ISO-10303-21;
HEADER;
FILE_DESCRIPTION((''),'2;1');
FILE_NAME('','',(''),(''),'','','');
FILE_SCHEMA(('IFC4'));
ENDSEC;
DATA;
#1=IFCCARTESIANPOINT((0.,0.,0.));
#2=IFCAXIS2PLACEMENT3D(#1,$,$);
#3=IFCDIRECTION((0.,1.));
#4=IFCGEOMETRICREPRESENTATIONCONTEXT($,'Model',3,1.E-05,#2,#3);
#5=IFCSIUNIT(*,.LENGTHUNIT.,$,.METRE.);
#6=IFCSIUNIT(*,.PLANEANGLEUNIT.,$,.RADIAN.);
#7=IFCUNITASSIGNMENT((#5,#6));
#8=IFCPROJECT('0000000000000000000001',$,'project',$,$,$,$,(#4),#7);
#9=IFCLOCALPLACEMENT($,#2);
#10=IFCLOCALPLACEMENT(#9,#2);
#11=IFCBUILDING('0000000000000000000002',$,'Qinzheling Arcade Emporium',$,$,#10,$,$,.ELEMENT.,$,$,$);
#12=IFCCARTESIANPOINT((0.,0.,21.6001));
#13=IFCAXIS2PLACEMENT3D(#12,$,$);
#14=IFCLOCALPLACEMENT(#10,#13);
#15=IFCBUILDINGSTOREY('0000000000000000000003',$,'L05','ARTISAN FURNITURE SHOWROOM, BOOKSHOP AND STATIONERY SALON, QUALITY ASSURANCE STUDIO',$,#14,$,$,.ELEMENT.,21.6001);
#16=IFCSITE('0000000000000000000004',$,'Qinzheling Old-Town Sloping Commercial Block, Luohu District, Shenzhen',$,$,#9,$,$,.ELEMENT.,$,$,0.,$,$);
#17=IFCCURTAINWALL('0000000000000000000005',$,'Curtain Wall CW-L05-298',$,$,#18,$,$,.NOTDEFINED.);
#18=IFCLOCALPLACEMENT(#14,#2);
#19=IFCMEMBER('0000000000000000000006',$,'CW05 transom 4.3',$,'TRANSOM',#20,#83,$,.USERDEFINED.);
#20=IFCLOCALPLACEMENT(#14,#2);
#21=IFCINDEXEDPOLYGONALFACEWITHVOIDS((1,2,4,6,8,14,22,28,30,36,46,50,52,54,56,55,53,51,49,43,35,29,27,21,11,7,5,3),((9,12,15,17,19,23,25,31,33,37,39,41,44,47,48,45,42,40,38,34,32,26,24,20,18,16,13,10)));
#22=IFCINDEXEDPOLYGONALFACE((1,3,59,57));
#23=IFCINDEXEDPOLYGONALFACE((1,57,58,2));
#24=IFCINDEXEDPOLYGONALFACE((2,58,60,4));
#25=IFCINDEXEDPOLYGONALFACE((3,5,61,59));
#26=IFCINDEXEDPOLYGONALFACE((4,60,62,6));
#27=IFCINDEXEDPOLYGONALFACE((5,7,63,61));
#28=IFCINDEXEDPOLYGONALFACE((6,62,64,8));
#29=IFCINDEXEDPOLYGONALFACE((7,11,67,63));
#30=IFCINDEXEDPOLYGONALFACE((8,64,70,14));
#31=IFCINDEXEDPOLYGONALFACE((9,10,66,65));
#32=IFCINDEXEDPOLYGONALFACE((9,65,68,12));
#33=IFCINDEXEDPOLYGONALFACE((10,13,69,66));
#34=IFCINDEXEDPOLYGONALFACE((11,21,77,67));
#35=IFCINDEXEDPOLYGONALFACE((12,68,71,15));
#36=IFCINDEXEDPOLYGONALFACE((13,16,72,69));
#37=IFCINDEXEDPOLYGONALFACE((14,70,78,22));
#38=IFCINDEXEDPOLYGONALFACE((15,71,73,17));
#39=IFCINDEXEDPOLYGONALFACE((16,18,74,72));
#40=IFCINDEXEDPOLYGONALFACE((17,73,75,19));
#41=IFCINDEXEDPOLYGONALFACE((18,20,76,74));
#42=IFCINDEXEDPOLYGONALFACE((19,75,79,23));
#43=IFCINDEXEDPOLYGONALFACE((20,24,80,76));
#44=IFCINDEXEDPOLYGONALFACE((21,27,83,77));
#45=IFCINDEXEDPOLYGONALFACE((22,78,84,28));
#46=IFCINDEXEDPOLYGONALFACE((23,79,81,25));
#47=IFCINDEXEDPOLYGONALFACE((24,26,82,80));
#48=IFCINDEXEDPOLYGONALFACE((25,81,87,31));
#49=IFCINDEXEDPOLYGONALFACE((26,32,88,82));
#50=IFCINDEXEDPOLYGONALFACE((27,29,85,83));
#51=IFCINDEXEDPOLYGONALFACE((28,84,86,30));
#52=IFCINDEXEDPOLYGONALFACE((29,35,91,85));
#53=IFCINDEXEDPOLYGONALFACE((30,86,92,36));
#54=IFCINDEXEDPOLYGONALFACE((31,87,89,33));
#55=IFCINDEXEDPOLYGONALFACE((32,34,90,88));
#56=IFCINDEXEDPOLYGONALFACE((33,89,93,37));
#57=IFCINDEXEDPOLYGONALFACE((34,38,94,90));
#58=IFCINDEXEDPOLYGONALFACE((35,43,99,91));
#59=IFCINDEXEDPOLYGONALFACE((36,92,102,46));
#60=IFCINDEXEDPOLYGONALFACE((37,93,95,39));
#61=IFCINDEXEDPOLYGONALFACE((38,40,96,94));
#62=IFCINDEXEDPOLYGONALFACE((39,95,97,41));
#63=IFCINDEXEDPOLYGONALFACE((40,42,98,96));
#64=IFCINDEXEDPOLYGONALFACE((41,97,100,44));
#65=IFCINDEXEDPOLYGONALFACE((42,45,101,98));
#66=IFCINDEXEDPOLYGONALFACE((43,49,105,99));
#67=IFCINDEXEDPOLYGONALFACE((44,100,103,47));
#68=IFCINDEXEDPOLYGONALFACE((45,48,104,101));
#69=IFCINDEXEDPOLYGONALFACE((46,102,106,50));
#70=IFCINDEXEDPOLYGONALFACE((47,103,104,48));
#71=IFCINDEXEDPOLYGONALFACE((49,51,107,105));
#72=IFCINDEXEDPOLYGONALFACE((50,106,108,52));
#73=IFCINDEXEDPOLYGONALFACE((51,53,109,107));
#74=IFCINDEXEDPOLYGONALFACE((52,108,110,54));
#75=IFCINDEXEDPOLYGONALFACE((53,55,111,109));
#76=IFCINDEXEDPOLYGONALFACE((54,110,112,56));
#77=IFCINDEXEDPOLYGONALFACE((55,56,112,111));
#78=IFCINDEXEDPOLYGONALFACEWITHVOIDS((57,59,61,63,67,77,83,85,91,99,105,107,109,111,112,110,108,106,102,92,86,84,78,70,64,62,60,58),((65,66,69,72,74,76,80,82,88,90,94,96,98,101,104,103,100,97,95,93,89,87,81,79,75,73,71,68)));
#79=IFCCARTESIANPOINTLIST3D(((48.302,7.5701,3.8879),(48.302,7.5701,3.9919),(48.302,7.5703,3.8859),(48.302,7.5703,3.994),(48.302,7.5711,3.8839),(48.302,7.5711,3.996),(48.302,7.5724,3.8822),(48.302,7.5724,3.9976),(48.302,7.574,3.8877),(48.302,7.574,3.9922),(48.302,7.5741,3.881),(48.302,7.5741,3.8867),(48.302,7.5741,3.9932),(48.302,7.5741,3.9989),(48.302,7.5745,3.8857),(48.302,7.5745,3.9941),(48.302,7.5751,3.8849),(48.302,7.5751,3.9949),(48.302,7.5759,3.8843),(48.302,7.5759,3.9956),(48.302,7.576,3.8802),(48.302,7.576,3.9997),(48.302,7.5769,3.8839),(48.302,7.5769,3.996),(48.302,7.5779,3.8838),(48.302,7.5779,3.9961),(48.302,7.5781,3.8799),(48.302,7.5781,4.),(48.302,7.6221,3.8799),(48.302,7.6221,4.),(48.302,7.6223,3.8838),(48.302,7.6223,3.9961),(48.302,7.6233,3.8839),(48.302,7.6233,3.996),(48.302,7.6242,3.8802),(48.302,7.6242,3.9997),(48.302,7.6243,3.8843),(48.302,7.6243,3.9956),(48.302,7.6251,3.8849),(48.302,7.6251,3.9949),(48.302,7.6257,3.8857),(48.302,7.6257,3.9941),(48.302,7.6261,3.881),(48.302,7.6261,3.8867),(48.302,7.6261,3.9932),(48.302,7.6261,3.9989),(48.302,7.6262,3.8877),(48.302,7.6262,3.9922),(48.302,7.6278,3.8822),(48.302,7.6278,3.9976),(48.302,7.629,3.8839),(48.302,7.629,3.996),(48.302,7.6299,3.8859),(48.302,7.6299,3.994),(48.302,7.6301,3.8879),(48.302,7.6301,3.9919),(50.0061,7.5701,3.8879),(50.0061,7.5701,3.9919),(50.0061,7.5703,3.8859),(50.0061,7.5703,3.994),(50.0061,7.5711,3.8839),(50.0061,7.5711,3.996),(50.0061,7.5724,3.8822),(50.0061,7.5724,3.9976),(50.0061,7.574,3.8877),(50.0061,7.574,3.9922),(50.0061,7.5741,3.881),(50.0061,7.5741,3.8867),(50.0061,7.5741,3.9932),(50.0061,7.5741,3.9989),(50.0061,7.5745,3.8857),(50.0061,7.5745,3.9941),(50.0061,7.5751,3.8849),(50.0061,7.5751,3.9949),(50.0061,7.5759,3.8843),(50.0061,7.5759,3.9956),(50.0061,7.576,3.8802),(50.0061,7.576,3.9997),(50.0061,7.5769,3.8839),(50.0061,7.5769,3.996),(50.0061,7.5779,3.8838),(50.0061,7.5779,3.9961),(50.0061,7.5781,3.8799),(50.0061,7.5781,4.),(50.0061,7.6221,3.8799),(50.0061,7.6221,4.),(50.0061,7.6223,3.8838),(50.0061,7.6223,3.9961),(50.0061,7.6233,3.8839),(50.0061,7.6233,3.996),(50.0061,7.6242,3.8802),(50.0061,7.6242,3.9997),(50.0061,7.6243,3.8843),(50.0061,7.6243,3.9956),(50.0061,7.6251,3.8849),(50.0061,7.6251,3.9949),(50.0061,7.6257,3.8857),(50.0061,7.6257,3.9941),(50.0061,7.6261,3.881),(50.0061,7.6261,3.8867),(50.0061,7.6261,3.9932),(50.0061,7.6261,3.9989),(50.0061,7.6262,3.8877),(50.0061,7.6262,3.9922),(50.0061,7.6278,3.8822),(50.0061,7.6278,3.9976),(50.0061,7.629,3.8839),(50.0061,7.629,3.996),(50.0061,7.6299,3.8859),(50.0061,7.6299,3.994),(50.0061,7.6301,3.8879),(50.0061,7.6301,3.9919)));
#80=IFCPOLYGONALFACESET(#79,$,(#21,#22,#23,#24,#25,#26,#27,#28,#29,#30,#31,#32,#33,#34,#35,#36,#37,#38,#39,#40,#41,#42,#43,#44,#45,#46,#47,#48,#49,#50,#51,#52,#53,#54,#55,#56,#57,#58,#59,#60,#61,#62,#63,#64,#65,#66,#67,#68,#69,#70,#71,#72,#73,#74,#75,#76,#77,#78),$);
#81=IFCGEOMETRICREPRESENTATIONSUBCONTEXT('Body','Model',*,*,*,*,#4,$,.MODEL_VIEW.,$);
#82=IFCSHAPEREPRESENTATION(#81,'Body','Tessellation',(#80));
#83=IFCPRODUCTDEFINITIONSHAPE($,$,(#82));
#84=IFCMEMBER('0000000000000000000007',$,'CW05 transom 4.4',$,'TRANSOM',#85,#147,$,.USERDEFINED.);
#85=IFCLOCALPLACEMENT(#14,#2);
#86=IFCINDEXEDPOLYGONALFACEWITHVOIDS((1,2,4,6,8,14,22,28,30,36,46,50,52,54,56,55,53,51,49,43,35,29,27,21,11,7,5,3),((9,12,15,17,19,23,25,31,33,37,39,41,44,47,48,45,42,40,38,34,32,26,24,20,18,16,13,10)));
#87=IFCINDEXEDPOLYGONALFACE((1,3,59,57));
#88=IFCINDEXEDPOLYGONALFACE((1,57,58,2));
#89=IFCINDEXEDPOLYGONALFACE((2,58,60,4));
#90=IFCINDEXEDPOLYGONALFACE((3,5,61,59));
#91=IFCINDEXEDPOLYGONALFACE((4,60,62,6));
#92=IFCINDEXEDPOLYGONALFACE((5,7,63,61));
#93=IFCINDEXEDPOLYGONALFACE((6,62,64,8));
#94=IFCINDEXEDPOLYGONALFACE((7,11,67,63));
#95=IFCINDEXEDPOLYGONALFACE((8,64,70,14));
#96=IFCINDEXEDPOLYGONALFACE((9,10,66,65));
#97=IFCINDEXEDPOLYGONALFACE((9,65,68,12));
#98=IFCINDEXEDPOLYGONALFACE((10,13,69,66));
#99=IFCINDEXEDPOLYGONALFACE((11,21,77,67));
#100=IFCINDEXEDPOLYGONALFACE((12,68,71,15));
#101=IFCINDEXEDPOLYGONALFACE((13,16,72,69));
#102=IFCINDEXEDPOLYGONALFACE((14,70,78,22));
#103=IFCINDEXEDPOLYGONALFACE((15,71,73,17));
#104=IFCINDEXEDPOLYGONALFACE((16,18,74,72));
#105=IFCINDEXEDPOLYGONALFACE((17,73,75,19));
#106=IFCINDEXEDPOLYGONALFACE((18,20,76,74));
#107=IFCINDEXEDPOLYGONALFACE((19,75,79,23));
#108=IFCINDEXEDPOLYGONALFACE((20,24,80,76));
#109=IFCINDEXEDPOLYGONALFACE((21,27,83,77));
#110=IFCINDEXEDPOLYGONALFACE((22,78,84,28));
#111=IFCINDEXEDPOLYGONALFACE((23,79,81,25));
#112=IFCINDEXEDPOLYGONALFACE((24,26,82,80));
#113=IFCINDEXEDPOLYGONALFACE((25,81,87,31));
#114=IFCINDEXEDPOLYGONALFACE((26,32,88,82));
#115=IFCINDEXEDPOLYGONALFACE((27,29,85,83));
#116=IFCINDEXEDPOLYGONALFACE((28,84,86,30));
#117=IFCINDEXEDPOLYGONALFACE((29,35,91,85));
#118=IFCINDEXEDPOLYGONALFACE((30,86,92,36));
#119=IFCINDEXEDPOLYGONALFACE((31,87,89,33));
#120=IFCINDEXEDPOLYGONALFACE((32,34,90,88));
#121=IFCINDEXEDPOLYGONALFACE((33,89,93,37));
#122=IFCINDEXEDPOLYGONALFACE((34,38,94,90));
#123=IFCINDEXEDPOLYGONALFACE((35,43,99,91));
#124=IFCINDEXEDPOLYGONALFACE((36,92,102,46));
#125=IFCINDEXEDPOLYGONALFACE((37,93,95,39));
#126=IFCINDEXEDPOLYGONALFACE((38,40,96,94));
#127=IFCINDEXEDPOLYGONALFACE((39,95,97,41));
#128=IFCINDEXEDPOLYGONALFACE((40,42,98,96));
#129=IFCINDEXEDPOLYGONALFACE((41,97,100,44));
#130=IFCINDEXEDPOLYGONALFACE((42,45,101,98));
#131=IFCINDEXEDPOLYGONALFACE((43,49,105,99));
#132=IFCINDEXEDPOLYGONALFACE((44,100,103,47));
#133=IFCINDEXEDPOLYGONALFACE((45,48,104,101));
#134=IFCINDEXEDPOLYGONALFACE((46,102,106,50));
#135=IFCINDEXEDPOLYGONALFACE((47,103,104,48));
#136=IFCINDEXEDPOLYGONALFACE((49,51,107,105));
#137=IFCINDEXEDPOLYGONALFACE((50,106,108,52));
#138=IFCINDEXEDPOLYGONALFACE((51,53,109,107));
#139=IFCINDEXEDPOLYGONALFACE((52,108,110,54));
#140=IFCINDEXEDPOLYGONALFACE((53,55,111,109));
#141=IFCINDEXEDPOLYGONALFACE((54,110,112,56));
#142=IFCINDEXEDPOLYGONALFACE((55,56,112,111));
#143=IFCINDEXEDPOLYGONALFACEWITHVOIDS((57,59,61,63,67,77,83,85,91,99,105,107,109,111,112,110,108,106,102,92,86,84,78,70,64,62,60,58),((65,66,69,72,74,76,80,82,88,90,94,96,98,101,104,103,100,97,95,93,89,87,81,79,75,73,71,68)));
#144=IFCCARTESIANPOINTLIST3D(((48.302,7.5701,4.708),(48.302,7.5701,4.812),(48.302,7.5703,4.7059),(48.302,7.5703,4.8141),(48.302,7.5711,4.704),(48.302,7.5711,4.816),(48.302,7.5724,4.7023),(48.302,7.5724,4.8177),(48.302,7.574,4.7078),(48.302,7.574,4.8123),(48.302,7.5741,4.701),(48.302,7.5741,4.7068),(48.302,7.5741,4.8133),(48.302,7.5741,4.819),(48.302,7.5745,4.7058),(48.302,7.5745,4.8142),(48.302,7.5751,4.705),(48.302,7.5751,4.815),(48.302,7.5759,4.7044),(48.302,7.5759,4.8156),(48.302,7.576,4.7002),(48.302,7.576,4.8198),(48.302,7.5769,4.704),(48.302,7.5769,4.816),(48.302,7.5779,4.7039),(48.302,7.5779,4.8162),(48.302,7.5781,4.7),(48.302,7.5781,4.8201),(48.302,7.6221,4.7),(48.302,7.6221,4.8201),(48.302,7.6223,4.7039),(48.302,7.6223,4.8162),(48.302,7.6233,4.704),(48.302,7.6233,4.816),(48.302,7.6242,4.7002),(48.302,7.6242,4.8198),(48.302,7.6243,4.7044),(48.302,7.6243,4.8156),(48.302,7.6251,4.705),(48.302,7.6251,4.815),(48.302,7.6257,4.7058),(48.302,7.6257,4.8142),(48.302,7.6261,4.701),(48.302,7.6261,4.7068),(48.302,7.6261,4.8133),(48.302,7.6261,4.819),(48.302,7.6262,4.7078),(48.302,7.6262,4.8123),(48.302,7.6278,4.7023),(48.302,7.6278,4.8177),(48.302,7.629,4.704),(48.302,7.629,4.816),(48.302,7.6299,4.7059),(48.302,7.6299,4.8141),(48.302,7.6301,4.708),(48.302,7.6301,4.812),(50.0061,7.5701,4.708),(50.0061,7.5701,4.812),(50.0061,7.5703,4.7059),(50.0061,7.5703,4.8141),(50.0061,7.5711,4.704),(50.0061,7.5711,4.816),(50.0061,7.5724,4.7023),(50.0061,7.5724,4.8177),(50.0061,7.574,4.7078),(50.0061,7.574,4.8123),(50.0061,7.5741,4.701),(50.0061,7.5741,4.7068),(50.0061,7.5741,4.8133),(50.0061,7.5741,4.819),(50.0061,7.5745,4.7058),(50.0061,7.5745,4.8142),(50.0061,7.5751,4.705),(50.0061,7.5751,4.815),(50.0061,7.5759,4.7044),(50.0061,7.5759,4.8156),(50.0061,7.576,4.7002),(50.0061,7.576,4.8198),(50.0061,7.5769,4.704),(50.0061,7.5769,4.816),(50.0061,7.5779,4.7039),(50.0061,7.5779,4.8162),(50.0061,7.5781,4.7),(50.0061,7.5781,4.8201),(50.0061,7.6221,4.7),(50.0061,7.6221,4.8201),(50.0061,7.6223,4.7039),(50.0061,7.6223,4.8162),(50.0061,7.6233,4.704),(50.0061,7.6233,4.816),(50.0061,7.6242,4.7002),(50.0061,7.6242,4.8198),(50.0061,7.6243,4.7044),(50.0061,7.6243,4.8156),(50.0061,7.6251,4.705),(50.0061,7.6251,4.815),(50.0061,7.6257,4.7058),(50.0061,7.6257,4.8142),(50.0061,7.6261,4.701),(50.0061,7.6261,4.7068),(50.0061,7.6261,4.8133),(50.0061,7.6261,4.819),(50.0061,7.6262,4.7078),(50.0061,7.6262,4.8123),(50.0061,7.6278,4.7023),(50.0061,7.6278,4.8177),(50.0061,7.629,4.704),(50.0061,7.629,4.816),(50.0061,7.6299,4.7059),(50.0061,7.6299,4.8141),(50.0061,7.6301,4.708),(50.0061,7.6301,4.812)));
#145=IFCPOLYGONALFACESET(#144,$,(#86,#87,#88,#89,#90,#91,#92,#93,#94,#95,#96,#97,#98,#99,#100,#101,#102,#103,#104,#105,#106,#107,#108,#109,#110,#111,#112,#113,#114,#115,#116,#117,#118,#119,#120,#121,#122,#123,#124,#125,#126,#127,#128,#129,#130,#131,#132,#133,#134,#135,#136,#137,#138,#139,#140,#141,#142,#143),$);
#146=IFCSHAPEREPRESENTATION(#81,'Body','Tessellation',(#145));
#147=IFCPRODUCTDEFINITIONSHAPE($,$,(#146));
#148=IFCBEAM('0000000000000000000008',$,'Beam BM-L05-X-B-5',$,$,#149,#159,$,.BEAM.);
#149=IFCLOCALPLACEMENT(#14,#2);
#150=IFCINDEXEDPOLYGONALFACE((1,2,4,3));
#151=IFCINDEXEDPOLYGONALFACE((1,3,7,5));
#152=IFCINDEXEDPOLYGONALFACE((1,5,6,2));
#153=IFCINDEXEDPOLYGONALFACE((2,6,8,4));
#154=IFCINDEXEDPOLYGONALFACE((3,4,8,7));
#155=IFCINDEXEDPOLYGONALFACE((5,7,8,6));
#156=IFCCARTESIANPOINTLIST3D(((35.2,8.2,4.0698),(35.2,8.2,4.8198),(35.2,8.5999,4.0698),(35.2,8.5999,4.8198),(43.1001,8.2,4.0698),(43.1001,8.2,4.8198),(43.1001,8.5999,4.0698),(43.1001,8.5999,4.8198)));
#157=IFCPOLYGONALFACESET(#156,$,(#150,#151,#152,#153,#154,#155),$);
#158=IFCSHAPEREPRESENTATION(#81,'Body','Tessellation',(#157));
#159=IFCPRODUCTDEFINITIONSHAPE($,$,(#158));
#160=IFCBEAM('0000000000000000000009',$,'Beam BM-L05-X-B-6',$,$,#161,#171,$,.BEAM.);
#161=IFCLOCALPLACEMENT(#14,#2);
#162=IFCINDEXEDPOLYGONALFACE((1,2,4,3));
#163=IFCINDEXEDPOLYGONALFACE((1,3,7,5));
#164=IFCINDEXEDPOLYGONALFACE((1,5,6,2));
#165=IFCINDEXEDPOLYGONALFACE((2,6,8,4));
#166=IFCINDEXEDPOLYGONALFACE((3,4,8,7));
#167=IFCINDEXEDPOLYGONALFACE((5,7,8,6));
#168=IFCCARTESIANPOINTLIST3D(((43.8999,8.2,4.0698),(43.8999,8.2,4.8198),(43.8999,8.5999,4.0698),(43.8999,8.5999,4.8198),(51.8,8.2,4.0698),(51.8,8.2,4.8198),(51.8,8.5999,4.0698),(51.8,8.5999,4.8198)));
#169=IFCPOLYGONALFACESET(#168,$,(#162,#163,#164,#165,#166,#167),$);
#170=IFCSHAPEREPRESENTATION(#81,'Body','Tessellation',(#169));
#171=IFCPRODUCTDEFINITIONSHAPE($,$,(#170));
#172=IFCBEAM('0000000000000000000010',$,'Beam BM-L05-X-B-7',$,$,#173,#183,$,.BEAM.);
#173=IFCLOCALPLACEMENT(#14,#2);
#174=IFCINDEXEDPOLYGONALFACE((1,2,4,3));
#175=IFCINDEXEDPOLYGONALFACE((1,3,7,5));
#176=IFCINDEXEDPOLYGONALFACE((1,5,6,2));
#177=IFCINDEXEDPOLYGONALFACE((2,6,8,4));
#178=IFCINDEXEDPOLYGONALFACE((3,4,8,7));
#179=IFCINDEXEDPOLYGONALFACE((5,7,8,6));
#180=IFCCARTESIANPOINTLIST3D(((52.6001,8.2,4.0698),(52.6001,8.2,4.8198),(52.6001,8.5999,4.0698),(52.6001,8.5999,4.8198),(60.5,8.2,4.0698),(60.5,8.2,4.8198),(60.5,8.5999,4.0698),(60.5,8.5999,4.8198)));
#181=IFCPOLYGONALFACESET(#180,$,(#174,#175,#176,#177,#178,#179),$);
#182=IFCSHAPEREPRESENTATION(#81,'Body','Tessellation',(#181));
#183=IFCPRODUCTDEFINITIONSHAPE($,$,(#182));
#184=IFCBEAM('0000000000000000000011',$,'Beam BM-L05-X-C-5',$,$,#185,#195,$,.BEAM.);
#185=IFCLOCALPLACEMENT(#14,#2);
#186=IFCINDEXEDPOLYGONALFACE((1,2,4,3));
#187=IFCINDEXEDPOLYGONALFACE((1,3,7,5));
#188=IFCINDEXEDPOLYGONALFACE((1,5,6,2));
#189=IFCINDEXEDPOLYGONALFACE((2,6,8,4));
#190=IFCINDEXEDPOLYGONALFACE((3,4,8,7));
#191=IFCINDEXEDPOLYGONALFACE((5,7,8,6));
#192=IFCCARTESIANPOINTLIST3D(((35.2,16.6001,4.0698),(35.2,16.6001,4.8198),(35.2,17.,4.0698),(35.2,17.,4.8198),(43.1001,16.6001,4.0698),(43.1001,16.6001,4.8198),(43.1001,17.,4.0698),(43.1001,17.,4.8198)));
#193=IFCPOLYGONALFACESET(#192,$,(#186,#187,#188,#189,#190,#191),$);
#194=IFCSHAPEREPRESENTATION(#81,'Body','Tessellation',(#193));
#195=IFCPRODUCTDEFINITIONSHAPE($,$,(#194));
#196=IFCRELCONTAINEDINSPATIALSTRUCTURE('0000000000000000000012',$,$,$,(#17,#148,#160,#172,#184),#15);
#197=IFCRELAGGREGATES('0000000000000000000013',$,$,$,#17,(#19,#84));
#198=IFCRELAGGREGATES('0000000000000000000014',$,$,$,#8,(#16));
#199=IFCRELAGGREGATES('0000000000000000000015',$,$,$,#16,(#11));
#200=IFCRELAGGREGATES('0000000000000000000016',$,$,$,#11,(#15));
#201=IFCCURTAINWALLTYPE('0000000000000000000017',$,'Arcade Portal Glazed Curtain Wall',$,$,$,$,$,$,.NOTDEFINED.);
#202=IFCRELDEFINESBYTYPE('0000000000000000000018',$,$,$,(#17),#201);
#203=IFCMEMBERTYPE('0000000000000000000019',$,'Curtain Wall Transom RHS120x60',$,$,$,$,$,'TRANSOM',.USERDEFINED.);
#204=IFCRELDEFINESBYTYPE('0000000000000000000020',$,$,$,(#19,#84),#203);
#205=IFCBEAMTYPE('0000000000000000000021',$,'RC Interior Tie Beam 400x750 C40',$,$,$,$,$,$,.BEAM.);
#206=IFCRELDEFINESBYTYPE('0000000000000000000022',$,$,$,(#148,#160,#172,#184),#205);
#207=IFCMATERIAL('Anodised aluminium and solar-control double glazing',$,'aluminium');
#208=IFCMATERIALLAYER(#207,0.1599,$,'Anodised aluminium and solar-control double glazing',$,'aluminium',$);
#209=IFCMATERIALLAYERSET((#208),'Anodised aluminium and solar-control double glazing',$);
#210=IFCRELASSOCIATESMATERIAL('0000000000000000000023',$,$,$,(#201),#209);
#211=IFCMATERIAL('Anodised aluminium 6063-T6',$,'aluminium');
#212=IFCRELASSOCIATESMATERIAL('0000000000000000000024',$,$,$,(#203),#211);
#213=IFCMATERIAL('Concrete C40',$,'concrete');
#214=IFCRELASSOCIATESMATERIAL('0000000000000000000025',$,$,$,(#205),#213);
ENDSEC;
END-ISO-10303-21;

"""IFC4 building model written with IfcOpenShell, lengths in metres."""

from ifc_helpers import new_model, si_unit, direction, frame, origin, origin_2d, place, context, subcontext, project, spatial, rectangle, hollow_rectangle, extrude, material, layer, layer_set, material_profile, profile_set, type_object, element, aggregate, save


model = new_model("IFC4")

# Units and contexts
model_context = context("Model", 3, precision=1e-05, world=origin(), true_north=direction((0.0, 1.0)))
body_context = subcontext(model_context, "Body", "Model", "MODEL_VIEW")
ifc_project = project(units=[si_unit("LENGTHUNIT", "METRE"), si_unit("PLANEANGLEUNIT", "RADIAN")], contexts=[model_context])

# Site, building, storey
site_placement = place(None, origin())
site = spatial("IfcSite", under=ifc_project, at=site_placement, Name="Qinzheling Old-Town Sloping Commercial Block, Luohu District, Shenzhen", CompositionType="ELEMENT", RefElevation=0.0)
building_placement = place(site_placement, origin())
building = spatial("IfcBuilding", under=site, at=building_placement, Name="Qinzheling Arcade Emporium", CompositionType="ELEMENT")
storey_placement = place(building_placement, frame((0.0, 0.0, 21.6001)))
storey = spatial("IfcBuildingStorey", under=building, at=storey_placement, Name="L05", Description="ARTISAN FURNITURE SHOWROOM, BOOKSHOP AND STATIONERY SALON, QUALITY ASSURANCE STUDIO", CompositionType="ELEMENT", Elevation=21.6001)

# Shared definitions
ifc_material_1 = material(Name="Concrete C40", Category="concrete")

# Curtain wall, members
ifc_material_2 = material(Name="Anodised aluminium and solar-control double glazing", Category="aluminium")
ifc_layer_1 = layer(ifc_material_2, 0.1599, Name="Anodised aluminium and solar-control double glazing", Category="aluminium")
ifc_layer_set_1 = layer_set([ifc_layer_1], Name="Anodised aluminium and solar-control double glazing")
curtain_wall_type = type_object("IfcCurtainWallType", Name="Arcade Portal Glazed Curtain Wall", PredefinedType="NOTDEFINED", material=ifc_layer_set_1)
curtain_wall_placement = place(storey_placement, origin())
curtain_wall = element("IfcCurtainWall", 1, at=curtain_wall_placement, inside=storey, type_object=curtain_wall_type, Name="Curtain Wall CW-L05-298", PredefinedType="NOTDEFINED")
ifc_material_3 = material(Name="Anodised aluminium 6063-T6", Category="aluminium")
ifc_material_profile_1 = material_profile(ifc_material_3, hollow_rectangle(XDim=0.0601, YDim=0.1201, WallThickness=0.0039, InnerFilletRadius=0.0039, OuterFilletRadius=0.0081, at=origin_2d()), Name="RHS 120x60x4", Category="aluminium")
ifc_profile_set_1 = profile_set([ifc_material_profile_1], Name="Anodised aluminium 6063-T6")
member_type_1 = type_object("IfcMemberType", Name="Curtain Wall Transom RHS120x60", ElementType="TRANSOM", PredefinedType="USERDEFINED", material=ifc_profile_set_1)
member_1_placement = place(storey_placement, frame((50.0061, 7.6001, 3.9399), z_axis=(-1.0, 0.0, 0.0), x_axis=(0.0, -1.0, 0.0)))
member_1 = element("IfcMember", 2, at=member_1_placement, type_object=member_type_1, Name="CW05 transom 4.3", ObjectType="TRANSOM", PredefinedType="USERDEFINED", context=body_context, shape_type="SweptSolid", body=[
    extrude(hollow_rectangle(XDim=0.0601, YDim=0.1201, WallThickness=0.0039, InnerFilletRadius=0.0039, OuterFilletRadius=0.0081, at=origin_2d()), origin(), (0.0, 0.0, 1.0), 1.7041),
])
member_2_placement = place(storey_placement, frame((50.0061, 7.6001, 4.76), z_axis=(-1.0, 0.0, 0.0), x_axis=(0.0, -1.0, 0.0)))
member_2 = element("IfcMember", 3, at=member_2_placement, type_object=member_type_1, Name="CW05 transom 4.4", ObjectType="TRANSOM", PredefinedType="USERDEFINED", context=body_context, shape_type="SweptSolid", body=[
    extrude(hollow_rectangle(XDim=0.0601, YDim=0.1201, WallThickness=0.0039, InnerFilletRadius=0.0039, OuterFilletRadius=0.0081, at=origin_2d()), origin(), (0.0, 0.0, 1.0), 1.7041),
])

# Beams
ifc_material_profile_2 = material_profile(ifc_material_1, rectangle(XDim=0.3999, YDim=0.75, at=origin_2d()), Name="RC 400x750", Category="concrete")
ifc_profile_set_2 = profile_set([ifc_material_profile_2], Name="Concrete C40")
beam_type = type_object("IfcBeamType", Name="RC Interior Tie Beam 400x750 C40", PredefinedType="BEAM", material=ifc_profile_set_2)
for number, where, z_axis, x_axis, name in (
    (4, (35.2, 8.3999, 4.4448), (1.0, 0.0, 0.0), (0.0, 1.0, 0.0), "Beam BM-L05-X-B-5"),
    (5, (43.8999, 8.3999, 4.4448), (1.0, 0.0, 0.0), (0.0, 1.0, 0.0), "Beam BM-L05-X-B-6"),
):
    element("IfcBeam", number, at=place(storey_placement, frame(where, z_axis=z_axis, x_axis=x_axis)), inside=storey, type_object=beam_type, Name=name, PredefinedType="BEAM", context=body_context, shape_type="SweptSolid", body=[
        extrude(rectangle(XDim=0.3999, YDim=0.75, at=origin_2d()), origin(), (0.0, 0.0, 1.0), 7.9001),
    ])
beam_1_placement = place(storey_placement, frame((52.6001, 8.3999, 4.4448), z_axis=(1.0, 0.0, 0.0), x_axis=(0.0, 1.0, 0.0)))
element("IfcBeam", 6, at=beam_1_placement, inside=storey, type_object=beam_type, Name="Beam BM-L05-X-B-7", PredefinedType="BEAM", context=body_context, shape_type="SweptSolid", body=[
    extrude(rectangle(XDim=0.3999, YDim=0.75, at=origin_2d()), origin(), (0.0, 0.0, 1.0), 7.8999),
])
for number, where, z_axis, x_axis, name in (
    (7, (35.2, 16.8, 4.4448), (1.0, 0.0, 0.0), (0.0, 1.0, 0.0), "Beam BM-L05-X-C-5"),
):
    element("IfcBeam", number, at=place(storey_placement, frame(where, z_axis=z_axis, x_axis=x_axis)), inside=storey, type_object=beam_type, Name=name, PredefinedType="BEAM", context=body_context, shape_type="SweptSolid", body=[
        extrude(rectangle(XDim=0.3999, YDim=0.75, at=origin_2d()), origin(), (0.0, 0.0, 1.0), 7.9001),
    ])

aggregate(curtain_wall, [member_1, member_2])

save(model, "model.ifc")
